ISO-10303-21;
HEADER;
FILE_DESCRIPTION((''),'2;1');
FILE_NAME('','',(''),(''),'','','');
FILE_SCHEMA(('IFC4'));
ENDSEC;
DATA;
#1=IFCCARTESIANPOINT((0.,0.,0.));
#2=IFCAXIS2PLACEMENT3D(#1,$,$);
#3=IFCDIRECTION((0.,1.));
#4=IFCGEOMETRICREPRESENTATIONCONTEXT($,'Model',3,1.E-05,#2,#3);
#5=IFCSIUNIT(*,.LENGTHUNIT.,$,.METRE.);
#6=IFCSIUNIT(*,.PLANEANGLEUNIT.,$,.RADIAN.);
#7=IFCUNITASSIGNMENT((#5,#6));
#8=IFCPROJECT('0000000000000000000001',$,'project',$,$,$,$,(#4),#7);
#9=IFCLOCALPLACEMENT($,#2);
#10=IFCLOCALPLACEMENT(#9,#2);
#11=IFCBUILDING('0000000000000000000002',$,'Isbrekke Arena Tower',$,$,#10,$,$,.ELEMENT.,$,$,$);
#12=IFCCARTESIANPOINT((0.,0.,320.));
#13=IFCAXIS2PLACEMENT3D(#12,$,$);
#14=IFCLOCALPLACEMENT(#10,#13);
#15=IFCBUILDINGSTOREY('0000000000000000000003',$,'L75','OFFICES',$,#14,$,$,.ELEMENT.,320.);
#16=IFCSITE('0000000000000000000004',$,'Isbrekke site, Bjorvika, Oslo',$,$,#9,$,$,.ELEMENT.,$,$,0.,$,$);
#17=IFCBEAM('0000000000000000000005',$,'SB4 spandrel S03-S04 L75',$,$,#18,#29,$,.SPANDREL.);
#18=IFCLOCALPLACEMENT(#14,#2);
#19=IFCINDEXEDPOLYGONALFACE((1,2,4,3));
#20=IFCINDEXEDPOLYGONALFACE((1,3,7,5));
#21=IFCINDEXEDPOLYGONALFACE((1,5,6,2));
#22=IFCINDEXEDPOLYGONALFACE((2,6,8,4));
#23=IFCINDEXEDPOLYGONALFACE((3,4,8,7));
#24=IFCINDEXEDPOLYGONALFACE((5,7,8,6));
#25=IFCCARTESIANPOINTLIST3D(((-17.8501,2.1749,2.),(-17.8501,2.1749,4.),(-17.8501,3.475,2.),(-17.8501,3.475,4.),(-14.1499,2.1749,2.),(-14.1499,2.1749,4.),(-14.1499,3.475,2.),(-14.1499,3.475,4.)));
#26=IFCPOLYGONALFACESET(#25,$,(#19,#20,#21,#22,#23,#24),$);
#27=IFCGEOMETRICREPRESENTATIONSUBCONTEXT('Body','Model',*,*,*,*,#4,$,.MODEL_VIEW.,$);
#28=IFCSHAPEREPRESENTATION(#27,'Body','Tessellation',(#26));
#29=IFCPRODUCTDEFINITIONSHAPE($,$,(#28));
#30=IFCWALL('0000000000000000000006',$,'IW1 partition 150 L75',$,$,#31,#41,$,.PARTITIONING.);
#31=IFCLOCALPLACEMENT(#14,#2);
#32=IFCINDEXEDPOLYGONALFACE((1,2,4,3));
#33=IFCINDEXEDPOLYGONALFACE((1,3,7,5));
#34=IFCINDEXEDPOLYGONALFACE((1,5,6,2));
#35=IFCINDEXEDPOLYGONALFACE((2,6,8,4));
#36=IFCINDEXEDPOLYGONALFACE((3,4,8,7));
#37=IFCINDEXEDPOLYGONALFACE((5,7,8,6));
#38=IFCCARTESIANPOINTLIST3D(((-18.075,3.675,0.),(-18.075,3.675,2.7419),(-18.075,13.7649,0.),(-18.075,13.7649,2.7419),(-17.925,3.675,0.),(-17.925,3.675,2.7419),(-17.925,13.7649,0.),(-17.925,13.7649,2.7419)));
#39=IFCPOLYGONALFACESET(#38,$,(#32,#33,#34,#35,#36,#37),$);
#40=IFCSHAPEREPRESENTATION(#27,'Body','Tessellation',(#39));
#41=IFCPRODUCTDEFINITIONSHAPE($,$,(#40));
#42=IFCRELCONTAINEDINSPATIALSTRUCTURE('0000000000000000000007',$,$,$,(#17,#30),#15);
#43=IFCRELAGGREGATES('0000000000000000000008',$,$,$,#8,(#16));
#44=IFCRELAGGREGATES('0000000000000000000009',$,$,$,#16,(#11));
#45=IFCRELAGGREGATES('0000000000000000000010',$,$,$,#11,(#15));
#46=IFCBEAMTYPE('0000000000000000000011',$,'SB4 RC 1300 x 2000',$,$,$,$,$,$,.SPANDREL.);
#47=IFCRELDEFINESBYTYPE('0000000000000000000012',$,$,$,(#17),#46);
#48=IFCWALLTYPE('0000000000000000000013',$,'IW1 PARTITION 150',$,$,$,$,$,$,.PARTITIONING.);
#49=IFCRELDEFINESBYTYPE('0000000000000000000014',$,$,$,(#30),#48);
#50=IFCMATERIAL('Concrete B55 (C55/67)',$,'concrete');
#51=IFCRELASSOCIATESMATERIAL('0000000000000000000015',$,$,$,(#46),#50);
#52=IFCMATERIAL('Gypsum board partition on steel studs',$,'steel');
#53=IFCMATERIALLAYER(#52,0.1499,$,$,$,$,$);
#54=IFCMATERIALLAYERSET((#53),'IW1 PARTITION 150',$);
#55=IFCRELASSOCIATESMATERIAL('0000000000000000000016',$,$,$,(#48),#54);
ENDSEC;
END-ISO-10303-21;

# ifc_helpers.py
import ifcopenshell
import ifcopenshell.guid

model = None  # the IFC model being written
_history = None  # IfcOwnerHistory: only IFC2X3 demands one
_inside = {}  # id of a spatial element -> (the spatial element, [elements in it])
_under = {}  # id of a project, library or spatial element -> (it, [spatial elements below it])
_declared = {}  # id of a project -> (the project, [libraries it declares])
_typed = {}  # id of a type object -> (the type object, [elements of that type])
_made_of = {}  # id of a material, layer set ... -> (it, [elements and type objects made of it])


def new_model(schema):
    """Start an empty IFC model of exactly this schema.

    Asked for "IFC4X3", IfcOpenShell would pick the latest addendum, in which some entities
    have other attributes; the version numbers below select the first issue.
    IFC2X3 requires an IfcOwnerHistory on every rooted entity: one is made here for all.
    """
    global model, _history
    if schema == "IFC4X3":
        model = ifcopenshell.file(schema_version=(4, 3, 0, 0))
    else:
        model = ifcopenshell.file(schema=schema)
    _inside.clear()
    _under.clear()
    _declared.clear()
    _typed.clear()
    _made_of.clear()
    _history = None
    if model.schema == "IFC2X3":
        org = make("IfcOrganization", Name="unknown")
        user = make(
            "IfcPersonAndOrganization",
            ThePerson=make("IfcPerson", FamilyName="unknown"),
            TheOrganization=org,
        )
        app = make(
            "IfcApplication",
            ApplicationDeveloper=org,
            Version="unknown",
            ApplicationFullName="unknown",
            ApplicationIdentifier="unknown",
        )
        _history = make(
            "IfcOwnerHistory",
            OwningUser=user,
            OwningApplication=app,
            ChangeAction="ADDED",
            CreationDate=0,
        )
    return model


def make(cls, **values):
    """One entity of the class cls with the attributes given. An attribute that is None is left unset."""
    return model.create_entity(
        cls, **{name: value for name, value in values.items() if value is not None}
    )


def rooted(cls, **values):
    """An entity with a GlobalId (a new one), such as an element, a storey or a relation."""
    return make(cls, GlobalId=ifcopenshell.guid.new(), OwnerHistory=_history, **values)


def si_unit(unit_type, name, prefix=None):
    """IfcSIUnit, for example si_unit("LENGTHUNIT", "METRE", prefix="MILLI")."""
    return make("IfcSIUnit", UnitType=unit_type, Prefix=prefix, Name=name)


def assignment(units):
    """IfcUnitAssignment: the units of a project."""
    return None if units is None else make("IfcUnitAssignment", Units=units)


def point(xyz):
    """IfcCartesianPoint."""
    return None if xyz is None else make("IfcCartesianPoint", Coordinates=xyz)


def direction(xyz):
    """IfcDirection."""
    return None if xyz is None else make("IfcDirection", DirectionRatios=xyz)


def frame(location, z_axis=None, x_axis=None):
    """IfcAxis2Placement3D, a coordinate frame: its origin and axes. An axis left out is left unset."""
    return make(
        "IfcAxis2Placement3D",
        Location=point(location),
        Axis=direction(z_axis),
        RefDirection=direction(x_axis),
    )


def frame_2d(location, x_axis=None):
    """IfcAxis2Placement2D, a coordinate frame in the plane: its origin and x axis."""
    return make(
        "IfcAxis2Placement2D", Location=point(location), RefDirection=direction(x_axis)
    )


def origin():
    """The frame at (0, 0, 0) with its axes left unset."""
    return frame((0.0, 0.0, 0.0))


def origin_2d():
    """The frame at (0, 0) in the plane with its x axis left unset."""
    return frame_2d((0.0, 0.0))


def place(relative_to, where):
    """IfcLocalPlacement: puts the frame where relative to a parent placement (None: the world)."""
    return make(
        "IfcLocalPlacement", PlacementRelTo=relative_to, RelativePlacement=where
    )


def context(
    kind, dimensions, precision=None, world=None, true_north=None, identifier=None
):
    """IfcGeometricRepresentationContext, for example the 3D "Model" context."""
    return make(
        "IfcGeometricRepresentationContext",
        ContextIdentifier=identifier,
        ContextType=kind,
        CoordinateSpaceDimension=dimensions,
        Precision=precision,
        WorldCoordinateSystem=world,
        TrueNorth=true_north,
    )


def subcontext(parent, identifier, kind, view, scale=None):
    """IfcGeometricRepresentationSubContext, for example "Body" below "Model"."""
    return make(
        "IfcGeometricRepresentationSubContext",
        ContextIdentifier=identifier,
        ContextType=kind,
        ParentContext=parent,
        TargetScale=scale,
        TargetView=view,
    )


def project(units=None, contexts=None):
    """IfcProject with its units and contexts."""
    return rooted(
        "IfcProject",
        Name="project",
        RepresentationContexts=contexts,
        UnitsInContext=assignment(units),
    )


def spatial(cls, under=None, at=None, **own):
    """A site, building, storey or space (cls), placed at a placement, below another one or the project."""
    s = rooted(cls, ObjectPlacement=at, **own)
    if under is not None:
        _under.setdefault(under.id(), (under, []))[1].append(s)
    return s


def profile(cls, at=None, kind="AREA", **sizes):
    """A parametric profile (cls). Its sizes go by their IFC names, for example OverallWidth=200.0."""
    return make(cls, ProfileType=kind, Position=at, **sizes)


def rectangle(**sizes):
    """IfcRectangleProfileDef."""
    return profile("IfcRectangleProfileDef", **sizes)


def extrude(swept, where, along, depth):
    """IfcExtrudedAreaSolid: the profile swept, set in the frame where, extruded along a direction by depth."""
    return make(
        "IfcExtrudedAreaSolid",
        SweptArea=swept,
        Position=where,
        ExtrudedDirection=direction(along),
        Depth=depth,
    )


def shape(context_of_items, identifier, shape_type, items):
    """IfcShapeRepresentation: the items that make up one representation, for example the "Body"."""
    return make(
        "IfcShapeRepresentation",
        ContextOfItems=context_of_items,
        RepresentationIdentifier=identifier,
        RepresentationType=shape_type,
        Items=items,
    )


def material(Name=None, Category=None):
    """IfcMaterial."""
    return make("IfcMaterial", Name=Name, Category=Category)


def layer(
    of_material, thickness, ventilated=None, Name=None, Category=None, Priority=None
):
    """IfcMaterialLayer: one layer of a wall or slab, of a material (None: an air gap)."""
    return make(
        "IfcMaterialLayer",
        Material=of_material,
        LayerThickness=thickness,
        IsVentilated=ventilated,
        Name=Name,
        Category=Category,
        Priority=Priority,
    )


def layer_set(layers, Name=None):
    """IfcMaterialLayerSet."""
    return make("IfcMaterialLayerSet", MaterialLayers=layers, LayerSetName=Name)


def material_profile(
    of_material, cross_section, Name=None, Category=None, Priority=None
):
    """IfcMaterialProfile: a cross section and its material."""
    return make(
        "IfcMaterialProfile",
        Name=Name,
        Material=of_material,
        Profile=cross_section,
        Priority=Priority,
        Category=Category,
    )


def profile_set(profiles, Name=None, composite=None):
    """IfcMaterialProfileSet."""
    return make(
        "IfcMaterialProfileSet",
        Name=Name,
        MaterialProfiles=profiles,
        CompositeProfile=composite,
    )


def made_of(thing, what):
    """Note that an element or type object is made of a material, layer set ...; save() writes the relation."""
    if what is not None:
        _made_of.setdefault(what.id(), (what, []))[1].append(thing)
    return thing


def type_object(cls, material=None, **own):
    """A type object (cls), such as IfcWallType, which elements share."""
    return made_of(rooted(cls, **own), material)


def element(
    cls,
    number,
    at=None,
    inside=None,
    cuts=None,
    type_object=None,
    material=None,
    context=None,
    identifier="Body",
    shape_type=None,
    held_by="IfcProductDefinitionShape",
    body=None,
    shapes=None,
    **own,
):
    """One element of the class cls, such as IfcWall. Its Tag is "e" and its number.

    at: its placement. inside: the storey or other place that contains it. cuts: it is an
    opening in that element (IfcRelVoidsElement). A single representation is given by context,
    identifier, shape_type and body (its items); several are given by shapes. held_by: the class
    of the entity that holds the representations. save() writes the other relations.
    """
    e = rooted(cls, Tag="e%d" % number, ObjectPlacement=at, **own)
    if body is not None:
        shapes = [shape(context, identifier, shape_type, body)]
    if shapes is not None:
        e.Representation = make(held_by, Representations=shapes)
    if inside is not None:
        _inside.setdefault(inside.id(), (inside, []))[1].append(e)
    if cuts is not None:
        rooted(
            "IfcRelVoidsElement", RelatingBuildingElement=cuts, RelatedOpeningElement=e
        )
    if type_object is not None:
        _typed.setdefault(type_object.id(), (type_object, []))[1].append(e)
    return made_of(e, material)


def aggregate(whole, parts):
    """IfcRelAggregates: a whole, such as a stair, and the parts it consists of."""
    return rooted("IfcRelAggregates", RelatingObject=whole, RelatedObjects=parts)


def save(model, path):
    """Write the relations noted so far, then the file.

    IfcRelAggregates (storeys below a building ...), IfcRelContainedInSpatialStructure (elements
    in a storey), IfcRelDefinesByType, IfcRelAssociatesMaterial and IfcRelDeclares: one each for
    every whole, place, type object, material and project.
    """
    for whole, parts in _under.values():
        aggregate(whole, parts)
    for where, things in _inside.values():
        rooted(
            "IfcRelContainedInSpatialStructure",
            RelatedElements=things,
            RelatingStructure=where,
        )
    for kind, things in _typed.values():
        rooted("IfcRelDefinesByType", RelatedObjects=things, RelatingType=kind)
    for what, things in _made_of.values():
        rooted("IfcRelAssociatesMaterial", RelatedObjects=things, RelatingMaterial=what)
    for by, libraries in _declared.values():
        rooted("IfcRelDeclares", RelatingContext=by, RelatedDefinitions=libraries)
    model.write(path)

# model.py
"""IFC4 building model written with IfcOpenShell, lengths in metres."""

from ifc_helpers import new_model, si_unit, direction, frame, frame_2d, origin, origin_2d, place, context, subcontext, project, spatial, rectangle, extrude, material, layer, layer_set, material_profile, profile_set, type_object, element, save


model = new_model("IFC4")

# Units and contexts
model_context = context("Model", 3, precision=1e-05, world=origin(), true_north=direction((0.0, 1.0)))
body_context = subcontext(model_context, "Body", "Model", "MODEL_VIEW")
ifc_project = project(units=[si_unit("LENGTHUNIT", "METRE"), si_unit("PLANEANGLEUNIT", "RADIAN")], contexts=[model_context])

# Site, building, storey
site_placement = place(None, origin())
site = spatial("IfcSite", under=ifc_project, at=site_placement, Name="Isbrekke site, Bjorvika, Oslo", CompositionType="ELEMENT", RefElevation=0.0)
building_placement = place(site_placement, origin())
building = spatial("IfcBuilding", under=site, at=building_placement, Name="Isbrekke Arena Tower", CompositionType="ELEMENT")
storey_placement = place(building_placement, frame((0.0, 0.0, 320.0)))
storey = spatial("IfcBuildingStorey", under=building, at=storey_placement, Name="L75", Description="OFFICES", CompositionType="ELEMENT", Elevation=320.0)

# Beam
ifc_material_1 = material(Name="Concrete B55 (C55/67)", Category="concrete")
ifc_material_profile_1 = material_profile(ifc_material_1, rectangle(XDim=1.3, YDim=2.0, at=origin_2d()), Name="RC 1300x2000")
ifc_profile_set_1 = profile_set([ifc_material_profile_1], Name="Concrete B55 (C55/67)")
beam_type_1 = type_object("IfcBeamType", Name="SB4 RC 1300 x 2000", PredefinedType="SPANDREL", material=ifc_profile_set_1)
for number, where, z_axis, x_axis, name in (
    (1, (-17.8501, 2.825, 3.0), (1.0, 0.0, 0.0), (0.0, 1.0, 0.0), "SB4 spandrel S03-S04 L75"),
):
    element("IfcBeam", number, at=place(storey_placement, frame(where, z_axis=z_axis, x_axis=x_axis)), inside=storey, type_object=beam_type_1, Name=name, PredefinedType="SPANDREL", context=body_context, shape_type="SweptSolid", body=[
        extrude(rectangle(XDim=1.3, YDim=2.0, at=origin_2d()), origin(), (0.0, 0.0, 1.0), 3.7002),
    ])

# Wall
ifc_material_2 = material(Name="Gypsum board partition on steel studs", Category="steel")
ifc_layer = layer(ifc_material_2, 0.1499)
ifc_layer_set = layer_set([ifc_layer], Name="IW1 PARTITION 150")
wall_type = type_object("IfcWallType", Name="IW1 PARTITION 150", PredefinedType="PARTITIONING", material=ifc_layer_set)
wall_placement = place(storey_placement, frame((-18.0, 3.675, 0.0), z_axis=(0.0, 0.0, 1.0), x_axis=(0.0, 1.0, 0.0)))
element("IfcWall", 2, at=wall_placement, inside=storey, type_object=wall_type, Name="IW1 partition 150 L75", PredefinedType="PARTITIONING", context=body_context, shape_type="SweptSolid", body=[
    extrude(rectangle(XDim=10.0898, YDim=0.1499, at=frame_2d((5.0449, 0.0))), origin(), (0.0, 0.0, 1.0), 2.7419),
])

save(model, "model.ifc")
